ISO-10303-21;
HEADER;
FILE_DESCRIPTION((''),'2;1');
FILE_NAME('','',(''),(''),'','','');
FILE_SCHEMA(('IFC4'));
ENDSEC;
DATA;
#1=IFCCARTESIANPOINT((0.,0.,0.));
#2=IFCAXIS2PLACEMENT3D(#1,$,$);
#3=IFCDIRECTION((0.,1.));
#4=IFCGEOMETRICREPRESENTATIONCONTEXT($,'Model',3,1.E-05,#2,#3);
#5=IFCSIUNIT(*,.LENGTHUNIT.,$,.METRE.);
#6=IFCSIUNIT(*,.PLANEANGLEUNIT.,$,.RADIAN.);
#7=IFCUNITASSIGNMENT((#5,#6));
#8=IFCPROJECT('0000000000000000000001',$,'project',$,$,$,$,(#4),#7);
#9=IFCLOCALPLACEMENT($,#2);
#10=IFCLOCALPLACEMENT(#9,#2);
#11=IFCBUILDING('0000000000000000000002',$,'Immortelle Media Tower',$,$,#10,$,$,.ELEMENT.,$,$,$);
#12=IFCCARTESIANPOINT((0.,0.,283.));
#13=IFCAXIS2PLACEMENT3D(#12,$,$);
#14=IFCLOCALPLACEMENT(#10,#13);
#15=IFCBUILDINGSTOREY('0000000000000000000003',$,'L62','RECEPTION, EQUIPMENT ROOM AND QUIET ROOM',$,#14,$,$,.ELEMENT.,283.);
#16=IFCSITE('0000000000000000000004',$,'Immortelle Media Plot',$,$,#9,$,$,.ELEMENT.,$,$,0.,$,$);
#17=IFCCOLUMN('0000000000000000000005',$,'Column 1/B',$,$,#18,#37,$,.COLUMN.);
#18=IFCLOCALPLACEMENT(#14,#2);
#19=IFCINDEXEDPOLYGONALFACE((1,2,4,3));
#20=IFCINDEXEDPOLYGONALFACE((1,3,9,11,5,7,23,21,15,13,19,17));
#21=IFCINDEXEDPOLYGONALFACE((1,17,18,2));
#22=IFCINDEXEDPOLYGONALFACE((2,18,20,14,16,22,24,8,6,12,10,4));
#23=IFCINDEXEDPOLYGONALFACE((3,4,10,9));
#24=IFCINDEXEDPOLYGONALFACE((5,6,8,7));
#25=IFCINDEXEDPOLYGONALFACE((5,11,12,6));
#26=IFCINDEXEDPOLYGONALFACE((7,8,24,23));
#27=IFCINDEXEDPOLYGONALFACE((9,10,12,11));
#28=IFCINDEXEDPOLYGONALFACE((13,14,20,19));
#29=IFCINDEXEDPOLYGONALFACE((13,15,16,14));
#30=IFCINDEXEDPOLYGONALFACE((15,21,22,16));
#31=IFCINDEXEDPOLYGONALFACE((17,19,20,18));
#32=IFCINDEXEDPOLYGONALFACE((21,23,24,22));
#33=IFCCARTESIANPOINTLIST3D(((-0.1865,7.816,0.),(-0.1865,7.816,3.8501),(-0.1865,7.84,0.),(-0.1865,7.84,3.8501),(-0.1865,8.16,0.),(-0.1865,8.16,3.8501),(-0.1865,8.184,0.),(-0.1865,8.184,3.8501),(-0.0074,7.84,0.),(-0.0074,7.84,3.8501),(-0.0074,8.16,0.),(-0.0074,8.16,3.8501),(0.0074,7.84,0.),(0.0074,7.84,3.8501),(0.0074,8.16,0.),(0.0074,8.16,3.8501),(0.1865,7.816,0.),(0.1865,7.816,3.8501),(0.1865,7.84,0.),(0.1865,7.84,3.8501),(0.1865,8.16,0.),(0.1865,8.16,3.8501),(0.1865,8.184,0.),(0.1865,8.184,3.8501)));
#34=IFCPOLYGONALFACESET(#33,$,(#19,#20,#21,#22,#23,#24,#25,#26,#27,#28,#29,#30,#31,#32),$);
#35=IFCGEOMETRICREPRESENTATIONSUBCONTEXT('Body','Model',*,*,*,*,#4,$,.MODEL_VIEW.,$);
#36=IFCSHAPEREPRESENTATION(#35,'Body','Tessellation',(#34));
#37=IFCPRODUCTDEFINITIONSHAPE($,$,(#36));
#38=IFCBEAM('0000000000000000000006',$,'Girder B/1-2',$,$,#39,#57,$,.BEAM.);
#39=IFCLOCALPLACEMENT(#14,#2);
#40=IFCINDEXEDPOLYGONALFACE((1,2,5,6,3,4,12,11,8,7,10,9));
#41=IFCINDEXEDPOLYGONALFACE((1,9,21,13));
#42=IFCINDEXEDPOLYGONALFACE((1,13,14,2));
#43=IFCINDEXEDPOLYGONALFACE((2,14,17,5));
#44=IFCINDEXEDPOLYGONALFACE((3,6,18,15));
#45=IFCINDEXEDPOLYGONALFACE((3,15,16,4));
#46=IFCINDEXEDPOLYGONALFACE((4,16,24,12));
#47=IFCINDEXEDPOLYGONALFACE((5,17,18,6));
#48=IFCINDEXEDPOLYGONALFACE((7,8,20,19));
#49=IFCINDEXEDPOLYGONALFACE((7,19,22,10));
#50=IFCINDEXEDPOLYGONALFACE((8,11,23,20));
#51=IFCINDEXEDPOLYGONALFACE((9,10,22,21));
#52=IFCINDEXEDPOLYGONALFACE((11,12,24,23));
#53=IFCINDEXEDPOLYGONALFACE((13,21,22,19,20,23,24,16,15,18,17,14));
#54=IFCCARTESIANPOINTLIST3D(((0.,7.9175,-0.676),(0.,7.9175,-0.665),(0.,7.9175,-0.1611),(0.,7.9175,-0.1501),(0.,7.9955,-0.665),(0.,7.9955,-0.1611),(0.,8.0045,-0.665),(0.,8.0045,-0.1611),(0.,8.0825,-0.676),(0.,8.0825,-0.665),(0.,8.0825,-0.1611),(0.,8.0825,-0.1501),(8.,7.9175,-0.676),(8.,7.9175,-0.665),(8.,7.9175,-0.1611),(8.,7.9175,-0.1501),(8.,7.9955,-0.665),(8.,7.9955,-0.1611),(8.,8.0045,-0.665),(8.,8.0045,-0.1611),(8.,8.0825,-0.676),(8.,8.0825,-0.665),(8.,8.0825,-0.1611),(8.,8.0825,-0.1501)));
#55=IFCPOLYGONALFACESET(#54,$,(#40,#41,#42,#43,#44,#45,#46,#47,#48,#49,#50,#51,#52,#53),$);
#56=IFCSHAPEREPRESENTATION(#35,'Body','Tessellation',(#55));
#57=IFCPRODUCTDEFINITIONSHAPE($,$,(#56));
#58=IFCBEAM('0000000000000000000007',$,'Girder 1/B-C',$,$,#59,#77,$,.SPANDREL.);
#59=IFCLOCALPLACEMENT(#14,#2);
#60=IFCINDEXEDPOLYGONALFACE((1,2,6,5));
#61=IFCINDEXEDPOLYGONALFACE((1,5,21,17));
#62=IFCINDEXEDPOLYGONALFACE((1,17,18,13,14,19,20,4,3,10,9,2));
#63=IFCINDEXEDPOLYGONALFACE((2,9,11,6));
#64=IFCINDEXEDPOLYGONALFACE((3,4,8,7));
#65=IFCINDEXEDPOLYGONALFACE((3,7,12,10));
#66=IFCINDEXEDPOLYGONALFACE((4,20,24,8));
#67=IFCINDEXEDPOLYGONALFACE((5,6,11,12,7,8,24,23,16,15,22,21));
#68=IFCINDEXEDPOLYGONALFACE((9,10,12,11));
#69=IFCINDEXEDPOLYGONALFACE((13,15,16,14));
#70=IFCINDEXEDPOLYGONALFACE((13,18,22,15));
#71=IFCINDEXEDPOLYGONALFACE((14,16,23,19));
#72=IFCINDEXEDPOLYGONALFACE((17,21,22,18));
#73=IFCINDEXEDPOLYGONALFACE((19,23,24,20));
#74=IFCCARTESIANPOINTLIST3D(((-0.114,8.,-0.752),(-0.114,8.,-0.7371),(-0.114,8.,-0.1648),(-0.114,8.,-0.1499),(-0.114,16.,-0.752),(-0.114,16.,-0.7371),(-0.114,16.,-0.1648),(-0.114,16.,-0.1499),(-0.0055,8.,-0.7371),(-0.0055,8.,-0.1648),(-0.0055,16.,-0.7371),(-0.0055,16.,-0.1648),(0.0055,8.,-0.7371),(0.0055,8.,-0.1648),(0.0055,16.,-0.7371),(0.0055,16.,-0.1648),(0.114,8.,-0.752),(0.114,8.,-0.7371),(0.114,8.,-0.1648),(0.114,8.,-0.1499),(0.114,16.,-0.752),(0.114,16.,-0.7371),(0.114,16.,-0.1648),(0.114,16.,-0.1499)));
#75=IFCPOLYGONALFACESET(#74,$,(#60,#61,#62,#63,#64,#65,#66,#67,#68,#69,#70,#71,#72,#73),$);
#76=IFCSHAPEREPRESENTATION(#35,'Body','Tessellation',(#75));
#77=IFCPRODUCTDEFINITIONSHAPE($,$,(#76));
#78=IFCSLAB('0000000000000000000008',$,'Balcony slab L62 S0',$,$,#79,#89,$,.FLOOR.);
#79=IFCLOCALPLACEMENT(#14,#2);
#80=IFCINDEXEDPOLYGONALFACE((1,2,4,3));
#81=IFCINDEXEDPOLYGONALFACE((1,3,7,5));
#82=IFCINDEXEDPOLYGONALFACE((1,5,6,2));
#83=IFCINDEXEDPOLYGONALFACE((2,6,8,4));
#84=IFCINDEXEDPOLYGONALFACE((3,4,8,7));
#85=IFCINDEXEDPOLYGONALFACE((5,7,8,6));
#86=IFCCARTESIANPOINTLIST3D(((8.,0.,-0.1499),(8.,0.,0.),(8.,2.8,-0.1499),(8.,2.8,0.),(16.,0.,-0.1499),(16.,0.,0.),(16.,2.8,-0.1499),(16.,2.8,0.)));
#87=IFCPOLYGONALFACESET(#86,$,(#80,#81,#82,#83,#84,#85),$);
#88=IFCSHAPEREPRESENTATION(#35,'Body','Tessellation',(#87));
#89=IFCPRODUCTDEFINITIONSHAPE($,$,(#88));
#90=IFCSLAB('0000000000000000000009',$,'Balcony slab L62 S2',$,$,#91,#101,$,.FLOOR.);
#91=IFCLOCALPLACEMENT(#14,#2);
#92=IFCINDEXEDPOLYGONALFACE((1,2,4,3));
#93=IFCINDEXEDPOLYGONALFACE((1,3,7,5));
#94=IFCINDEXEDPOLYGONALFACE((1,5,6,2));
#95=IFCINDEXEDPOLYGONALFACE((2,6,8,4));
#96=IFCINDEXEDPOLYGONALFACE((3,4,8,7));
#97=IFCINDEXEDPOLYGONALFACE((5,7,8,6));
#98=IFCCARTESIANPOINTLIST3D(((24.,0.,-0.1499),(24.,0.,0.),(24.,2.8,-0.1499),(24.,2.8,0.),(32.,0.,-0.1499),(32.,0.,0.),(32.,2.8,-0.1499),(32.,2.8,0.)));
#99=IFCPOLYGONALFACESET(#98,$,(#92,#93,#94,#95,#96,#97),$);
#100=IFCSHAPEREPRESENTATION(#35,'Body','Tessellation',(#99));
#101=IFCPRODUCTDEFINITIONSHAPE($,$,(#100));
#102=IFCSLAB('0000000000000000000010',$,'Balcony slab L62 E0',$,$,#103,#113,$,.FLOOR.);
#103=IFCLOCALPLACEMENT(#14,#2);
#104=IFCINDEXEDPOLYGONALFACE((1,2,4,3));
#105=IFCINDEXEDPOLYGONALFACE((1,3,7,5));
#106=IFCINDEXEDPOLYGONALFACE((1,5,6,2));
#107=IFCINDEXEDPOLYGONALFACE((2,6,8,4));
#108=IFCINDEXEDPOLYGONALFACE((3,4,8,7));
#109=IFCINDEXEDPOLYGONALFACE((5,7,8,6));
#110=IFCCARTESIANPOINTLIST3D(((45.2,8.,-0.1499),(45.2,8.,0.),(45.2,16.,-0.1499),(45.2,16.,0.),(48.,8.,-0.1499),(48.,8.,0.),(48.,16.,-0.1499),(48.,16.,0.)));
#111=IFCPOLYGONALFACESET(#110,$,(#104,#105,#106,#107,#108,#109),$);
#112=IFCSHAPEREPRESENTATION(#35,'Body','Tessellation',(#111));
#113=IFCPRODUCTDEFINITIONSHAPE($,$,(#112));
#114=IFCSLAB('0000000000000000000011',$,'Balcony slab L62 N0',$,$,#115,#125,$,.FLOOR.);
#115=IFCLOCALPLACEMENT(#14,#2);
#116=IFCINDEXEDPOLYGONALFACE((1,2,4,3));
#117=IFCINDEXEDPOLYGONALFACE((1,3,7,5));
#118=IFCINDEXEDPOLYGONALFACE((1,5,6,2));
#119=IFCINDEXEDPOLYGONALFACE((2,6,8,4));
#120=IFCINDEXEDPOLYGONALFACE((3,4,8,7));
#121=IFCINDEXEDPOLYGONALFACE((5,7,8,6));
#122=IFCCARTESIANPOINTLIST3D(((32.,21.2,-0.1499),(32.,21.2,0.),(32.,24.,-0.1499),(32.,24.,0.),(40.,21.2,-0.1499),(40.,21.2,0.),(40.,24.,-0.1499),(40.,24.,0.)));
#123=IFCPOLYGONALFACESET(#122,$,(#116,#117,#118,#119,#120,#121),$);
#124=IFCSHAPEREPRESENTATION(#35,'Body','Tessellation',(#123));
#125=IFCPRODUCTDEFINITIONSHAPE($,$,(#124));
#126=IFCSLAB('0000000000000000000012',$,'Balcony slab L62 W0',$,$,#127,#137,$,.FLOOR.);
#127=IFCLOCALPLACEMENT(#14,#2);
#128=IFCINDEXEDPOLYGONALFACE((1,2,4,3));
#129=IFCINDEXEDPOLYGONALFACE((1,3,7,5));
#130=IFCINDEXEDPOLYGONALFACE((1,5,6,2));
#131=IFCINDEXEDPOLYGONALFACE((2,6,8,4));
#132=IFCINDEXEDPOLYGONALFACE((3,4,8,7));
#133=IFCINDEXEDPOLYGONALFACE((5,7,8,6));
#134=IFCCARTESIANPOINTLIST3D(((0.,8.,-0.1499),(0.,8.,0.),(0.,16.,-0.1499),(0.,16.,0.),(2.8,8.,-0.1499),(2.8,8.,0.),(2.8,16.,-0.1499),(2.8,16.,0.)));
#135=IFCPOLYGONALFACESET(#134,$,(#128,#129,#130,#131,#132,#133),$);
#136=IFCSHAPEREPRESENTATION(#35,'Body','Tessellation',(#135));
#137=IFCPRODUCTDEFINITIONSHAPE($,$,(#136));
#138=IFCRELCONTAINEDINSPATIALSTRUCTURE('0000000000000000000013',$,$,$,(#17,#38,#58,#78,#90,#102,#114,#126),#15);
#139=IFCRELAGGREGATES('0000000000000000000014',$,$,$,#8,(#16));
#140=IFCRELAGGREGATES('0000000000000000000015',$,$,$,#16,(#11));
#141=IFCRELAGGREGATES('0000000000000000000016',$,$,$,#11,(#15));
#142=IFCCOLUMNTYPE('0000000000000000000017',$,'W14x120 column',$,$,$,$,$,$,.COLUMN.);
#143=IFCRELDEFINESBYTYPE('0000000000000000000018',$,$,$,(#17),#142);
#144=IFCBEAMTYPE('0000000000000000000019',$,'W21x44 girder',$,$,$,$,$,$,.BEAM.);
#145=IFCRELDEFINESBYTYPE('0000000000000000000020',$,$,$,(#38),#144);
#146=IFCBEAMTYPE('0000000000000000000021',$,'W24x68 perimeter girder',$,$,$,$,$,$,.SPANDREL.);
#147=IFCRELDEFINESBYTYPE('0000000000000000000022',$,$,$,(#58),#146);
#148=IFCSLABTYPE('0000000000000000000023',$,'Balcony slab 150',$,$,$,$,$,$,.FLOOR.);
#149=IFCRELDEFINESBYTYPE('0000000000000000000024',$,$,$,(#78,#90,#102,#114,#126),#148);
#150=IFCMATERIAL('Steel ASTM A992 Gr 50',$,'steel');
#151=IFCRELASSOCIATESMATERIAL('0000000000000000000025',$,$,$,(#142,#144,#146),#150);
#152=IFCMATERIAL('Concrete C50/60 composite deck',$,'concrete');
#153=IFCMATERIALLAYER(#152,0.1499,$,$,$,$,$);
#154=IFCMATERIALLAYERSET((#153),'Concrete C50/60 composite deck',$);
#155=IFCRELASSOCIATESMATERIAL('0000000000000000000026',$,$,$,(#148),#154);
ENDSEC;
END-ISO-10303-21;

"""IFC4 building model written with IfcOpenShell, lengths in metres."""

from ifc_helpers import new_model, si_unit, direction, frame, origin, origin_2d, place, context, subcontext, project, spatial, polyline, i_section, outline, extrude, material, layer, layer_set, material_profile, profile_set, type_object, element, save


model = new_model("IFC4")

# Units and contexts
model_context = context("Model", 3, precision=1e-05, world=origin(), true_north=direction((0.0, 1.0)))
body_context = subcontext(model_context, "Body", "Model", "MODEL_VIEW")
ifc_project = project(units=[si_unit("LENGTHUNIT", "METRE"), si_unit("PLANEANGLEUNIT", "RADIAN")], contexts=[model_context])

# Site, building, storey
site_placement = place(None, origin())
site = spatial("IfcSite", under=ifc_project, at=site_placement, Name="Immortelle Media Plot", CompositionType="ELEMENT", RefElevation=0.0)
building_placement = place(site_placement, origin())
building = spatial("IfcBuilding", under=site, at=building_placement, Name="Immortelle Media Tower", CompositionType="ELEMENT")
storey_placement = place(building_placement, frame((0.0, 0.0, 283.0)))
storey = spatial("IfcBuildingStorey", under=building, at=storey_placement, Name="L62", Description="RECEPTION, EQUIPMENT ROOM AND QUIET ROOM", CompositionType="ELEMENT", Elevation=283.0)

# Column
ifc_material_1 = material(Name="Steel ASTM A992 Gr 50", Category="steel")
ifc_material_profile_1 = material_profile(ifc_material_1, i_section(OverallWidth=0.373, OverallDepth=0.3679, WebThickness=0.0149, FlangeThickness=0.0239, at=origin_2d()), Name="W14x120")
ifc_profile_set_1 = profile_set([ifc_material_profile_1], Name="Steel ASTM A992 Gr 50")
column_type = type_object("IfcColumnType", Name="W14x120 column", PredefinedType="COLUMN", material=ifc_profile_set_1)
column_placement = place(storey_placement, frame((0.0, 8.0, 0.0), z_axis=(0.0, 0.0, 1.0), x_axis=(1.0, 0.0, 0.0)))
element("IfcColumn", 1, at=column_placement, inside=storey, type_object=column_type, Name="Column 1/B", PredefinedType="COLUMN", context=body_context, shape_type="SweptSolid", body=[
    extrude(i_section(OverallWidth=0.373, OverallDepth=0.3679, WebThickness=0.0149, FlangeThickness=0.0239, at=origin_2d()), origin(), (0.0, 0.0, 1.0), 3.8501),
])

# Beams
ifc_material_profile_2 = material_profile(ifc_material_1, i_section(OverallWidth=0.165, OverallDepth=0.5259, WebThickness=0.009, FlangeThickness=0.011, at=origin_2d()), Name="W21x44")
ifc_profile_set_2 = profile_set([ifc_material_profile_2], Name="Steel ASTM A992 Gr 50")
beam_type_1 = type_object("IfcBeamType", Name="W21x44 girder", PredefinedType="BEAM", material=ifc_profile_set_2)
beam_1_placement = place(storey_placement, frame((0.0, 8.0, -0.4131), z_axis=(1.0, 0.0, 0.0), x_axis=(0.0, 1.0, 0.0)))
element("IfcBeam", 2, at=beam_1_placement, inside=storey, type_object=beam_type_1, Name="Girder B/1-2", PredefinedType="BEAM", context=body_context, shape_type="SweptSolid", body=[
    extrude(i_section(OverallWidth=0.165, OverallDepth=0.5259, WebThickness=0.009, FlangeThickness=0.011, at=origin_2d()), origin(), (0.0, 0.0, 1.0), 8.0),
])
ifc_material_profile_3 = material_profile(ifc_material_1, i_section(OverallWidth=0.228, OverallDepth=0.6021, WebThickness=0.011, FlangeThickness=0.0149, at=origin_2d()), Name="W24x68")
ifc_profile_set_3 = profile_set([ifc_material_profile_3], Name="Steel ASTM A992 Gr 50")
beam_type_2 = type_object("IfcBeamType", Name="W24x68 perimeter girder", PredefinedType="SPANDREL", material=ifc_profile_set_3)
beam_2_placement = place(storey_placement, frame((0.0, 8.0, -0.4509), z_axis=(0.0, 1.0, 0.0), x_axis=(-1.0, 0.0, 0.0)))
element("IfcBeam", 3, at=beam_2_placement, inside=storey, type_object=beam_type_2, Name="Girder 1/B-C", PredefinedType="SPANDREL", context=body_context, shape_type="SweptSolid", body=[
    extrude(i_section(OverallWidth=0.228, OverallDepth=0.6021, WebThickness=0.011, FlangeThickness=0.0149, at=origin_2d()), origin(), (0.0, 0.0, 1.0), 8.0),
])

# Slabs
ifc_material_2 = material(Name="Concrete C50/60 composite deck", Category="concrete")
ifc_layer_1 = layer(ifc_material_2, 0.1499)
ifc_layer_set_1 = layer_set([ifc_layer_1], Name="Concrete C50/60 composite deck")
slab_type_1 = type_object("IfcSlabType", Name="Balcony slab 150", PredefinedType="FLOOR", material=ifc_layer_set_1)
slab_1_placement = place(storey_placement, frame((0.0, 0.0, -0.1499)))
element("IfcSlab", 4, at=slab_1_placement, inside=storey, type_object=slab_type_1, Name="Balcony slab L62 S0", PredefinedType="FLOOR", context=body_context, shape_type="SweptSolid", body=[
    extrude(outline(polyline([(16.0, 0.0), (16.0, 2.8), (8.0, 2.8), (8.0, 0.0), (16.0, 0.0)])), origin(), (0.0, 0.0, 1.0), 0.1499),
])
slab_2_placement = place(storey_placement, frame((0.0, 0.0, -0.1499)))
element("IfcSlab", 5, at=slab_2_placement, inside=storey, type_object=slab_type_1, Name="Balcony slab L62 S2", PredefinedType="FLOOR", context=body_context, shape_type="SweptSolid", body=[
    extrude(outline(polyline([(32.0, 0.0), (32.0, 2.8), (24.0, 2.8), (24.0, 0.0), (32.0, 0.0)])), origin(), (0.0, 0.0, 1.0), 0.1499),
])
slab_3_placement = place(storey_placement, frame((0.0, 0.0, -0.1499)))
element("IfcSlab", 6, at=slab_3_placement, inside=storey, type_object=slab_type_1, Name="Balcony slab L62 E0", PredefinedType="FLOOR", context=body_context, shape_type="SweptSolid", body=[
    extrude(outline(polyline([(48.0, 8.0), (48.0, 16.0), (45.2, 16.0), (45.2, 8.0), (48.0, 8.0)])), origin(), (0.0, 0.0, 1.0), 0.1499),
])
slab_4_placement = place(storey_placement, frame((0.0, 0.0, -0.1499)))
element("IfcSlab", 7, at=slab_4_placement, inside=storey, type_object=slab_type_1, Name="Balcony slab L62 N0", PredefinedType="FLOOR", context=body_context, shape_type="SweptSolid", body=[
    extrude(outline(polyline([(40.0, 21.2), (40.0, 24.0), (32.0, 24.0), (32.0, 21.2), (40.0, 21.2)])), origin(), (0.0, 0.0, 1.0), 0.1499),
])
slab_5_placement = place(storey_placement, frame((0.0, 0.0, -0.1499)))
element("IfcSlab", 8, at=slab_5_placement, inside=storey, type_object=slab_type_1, Name="Balcony slab L62 W0", PredefinedType="FLOOR", context=body_context, shape_type="SweptSolid", body=[
    extrude(outline(polyline([(2.8, 8.0), (2.8, 16.0), (0.0, 16.0), (0.0, 8.0), (2.8, 8.0)])), origin(), (0.0, 0.0, 1.0), 0.1499),
])

save(model, "model.ifc")
